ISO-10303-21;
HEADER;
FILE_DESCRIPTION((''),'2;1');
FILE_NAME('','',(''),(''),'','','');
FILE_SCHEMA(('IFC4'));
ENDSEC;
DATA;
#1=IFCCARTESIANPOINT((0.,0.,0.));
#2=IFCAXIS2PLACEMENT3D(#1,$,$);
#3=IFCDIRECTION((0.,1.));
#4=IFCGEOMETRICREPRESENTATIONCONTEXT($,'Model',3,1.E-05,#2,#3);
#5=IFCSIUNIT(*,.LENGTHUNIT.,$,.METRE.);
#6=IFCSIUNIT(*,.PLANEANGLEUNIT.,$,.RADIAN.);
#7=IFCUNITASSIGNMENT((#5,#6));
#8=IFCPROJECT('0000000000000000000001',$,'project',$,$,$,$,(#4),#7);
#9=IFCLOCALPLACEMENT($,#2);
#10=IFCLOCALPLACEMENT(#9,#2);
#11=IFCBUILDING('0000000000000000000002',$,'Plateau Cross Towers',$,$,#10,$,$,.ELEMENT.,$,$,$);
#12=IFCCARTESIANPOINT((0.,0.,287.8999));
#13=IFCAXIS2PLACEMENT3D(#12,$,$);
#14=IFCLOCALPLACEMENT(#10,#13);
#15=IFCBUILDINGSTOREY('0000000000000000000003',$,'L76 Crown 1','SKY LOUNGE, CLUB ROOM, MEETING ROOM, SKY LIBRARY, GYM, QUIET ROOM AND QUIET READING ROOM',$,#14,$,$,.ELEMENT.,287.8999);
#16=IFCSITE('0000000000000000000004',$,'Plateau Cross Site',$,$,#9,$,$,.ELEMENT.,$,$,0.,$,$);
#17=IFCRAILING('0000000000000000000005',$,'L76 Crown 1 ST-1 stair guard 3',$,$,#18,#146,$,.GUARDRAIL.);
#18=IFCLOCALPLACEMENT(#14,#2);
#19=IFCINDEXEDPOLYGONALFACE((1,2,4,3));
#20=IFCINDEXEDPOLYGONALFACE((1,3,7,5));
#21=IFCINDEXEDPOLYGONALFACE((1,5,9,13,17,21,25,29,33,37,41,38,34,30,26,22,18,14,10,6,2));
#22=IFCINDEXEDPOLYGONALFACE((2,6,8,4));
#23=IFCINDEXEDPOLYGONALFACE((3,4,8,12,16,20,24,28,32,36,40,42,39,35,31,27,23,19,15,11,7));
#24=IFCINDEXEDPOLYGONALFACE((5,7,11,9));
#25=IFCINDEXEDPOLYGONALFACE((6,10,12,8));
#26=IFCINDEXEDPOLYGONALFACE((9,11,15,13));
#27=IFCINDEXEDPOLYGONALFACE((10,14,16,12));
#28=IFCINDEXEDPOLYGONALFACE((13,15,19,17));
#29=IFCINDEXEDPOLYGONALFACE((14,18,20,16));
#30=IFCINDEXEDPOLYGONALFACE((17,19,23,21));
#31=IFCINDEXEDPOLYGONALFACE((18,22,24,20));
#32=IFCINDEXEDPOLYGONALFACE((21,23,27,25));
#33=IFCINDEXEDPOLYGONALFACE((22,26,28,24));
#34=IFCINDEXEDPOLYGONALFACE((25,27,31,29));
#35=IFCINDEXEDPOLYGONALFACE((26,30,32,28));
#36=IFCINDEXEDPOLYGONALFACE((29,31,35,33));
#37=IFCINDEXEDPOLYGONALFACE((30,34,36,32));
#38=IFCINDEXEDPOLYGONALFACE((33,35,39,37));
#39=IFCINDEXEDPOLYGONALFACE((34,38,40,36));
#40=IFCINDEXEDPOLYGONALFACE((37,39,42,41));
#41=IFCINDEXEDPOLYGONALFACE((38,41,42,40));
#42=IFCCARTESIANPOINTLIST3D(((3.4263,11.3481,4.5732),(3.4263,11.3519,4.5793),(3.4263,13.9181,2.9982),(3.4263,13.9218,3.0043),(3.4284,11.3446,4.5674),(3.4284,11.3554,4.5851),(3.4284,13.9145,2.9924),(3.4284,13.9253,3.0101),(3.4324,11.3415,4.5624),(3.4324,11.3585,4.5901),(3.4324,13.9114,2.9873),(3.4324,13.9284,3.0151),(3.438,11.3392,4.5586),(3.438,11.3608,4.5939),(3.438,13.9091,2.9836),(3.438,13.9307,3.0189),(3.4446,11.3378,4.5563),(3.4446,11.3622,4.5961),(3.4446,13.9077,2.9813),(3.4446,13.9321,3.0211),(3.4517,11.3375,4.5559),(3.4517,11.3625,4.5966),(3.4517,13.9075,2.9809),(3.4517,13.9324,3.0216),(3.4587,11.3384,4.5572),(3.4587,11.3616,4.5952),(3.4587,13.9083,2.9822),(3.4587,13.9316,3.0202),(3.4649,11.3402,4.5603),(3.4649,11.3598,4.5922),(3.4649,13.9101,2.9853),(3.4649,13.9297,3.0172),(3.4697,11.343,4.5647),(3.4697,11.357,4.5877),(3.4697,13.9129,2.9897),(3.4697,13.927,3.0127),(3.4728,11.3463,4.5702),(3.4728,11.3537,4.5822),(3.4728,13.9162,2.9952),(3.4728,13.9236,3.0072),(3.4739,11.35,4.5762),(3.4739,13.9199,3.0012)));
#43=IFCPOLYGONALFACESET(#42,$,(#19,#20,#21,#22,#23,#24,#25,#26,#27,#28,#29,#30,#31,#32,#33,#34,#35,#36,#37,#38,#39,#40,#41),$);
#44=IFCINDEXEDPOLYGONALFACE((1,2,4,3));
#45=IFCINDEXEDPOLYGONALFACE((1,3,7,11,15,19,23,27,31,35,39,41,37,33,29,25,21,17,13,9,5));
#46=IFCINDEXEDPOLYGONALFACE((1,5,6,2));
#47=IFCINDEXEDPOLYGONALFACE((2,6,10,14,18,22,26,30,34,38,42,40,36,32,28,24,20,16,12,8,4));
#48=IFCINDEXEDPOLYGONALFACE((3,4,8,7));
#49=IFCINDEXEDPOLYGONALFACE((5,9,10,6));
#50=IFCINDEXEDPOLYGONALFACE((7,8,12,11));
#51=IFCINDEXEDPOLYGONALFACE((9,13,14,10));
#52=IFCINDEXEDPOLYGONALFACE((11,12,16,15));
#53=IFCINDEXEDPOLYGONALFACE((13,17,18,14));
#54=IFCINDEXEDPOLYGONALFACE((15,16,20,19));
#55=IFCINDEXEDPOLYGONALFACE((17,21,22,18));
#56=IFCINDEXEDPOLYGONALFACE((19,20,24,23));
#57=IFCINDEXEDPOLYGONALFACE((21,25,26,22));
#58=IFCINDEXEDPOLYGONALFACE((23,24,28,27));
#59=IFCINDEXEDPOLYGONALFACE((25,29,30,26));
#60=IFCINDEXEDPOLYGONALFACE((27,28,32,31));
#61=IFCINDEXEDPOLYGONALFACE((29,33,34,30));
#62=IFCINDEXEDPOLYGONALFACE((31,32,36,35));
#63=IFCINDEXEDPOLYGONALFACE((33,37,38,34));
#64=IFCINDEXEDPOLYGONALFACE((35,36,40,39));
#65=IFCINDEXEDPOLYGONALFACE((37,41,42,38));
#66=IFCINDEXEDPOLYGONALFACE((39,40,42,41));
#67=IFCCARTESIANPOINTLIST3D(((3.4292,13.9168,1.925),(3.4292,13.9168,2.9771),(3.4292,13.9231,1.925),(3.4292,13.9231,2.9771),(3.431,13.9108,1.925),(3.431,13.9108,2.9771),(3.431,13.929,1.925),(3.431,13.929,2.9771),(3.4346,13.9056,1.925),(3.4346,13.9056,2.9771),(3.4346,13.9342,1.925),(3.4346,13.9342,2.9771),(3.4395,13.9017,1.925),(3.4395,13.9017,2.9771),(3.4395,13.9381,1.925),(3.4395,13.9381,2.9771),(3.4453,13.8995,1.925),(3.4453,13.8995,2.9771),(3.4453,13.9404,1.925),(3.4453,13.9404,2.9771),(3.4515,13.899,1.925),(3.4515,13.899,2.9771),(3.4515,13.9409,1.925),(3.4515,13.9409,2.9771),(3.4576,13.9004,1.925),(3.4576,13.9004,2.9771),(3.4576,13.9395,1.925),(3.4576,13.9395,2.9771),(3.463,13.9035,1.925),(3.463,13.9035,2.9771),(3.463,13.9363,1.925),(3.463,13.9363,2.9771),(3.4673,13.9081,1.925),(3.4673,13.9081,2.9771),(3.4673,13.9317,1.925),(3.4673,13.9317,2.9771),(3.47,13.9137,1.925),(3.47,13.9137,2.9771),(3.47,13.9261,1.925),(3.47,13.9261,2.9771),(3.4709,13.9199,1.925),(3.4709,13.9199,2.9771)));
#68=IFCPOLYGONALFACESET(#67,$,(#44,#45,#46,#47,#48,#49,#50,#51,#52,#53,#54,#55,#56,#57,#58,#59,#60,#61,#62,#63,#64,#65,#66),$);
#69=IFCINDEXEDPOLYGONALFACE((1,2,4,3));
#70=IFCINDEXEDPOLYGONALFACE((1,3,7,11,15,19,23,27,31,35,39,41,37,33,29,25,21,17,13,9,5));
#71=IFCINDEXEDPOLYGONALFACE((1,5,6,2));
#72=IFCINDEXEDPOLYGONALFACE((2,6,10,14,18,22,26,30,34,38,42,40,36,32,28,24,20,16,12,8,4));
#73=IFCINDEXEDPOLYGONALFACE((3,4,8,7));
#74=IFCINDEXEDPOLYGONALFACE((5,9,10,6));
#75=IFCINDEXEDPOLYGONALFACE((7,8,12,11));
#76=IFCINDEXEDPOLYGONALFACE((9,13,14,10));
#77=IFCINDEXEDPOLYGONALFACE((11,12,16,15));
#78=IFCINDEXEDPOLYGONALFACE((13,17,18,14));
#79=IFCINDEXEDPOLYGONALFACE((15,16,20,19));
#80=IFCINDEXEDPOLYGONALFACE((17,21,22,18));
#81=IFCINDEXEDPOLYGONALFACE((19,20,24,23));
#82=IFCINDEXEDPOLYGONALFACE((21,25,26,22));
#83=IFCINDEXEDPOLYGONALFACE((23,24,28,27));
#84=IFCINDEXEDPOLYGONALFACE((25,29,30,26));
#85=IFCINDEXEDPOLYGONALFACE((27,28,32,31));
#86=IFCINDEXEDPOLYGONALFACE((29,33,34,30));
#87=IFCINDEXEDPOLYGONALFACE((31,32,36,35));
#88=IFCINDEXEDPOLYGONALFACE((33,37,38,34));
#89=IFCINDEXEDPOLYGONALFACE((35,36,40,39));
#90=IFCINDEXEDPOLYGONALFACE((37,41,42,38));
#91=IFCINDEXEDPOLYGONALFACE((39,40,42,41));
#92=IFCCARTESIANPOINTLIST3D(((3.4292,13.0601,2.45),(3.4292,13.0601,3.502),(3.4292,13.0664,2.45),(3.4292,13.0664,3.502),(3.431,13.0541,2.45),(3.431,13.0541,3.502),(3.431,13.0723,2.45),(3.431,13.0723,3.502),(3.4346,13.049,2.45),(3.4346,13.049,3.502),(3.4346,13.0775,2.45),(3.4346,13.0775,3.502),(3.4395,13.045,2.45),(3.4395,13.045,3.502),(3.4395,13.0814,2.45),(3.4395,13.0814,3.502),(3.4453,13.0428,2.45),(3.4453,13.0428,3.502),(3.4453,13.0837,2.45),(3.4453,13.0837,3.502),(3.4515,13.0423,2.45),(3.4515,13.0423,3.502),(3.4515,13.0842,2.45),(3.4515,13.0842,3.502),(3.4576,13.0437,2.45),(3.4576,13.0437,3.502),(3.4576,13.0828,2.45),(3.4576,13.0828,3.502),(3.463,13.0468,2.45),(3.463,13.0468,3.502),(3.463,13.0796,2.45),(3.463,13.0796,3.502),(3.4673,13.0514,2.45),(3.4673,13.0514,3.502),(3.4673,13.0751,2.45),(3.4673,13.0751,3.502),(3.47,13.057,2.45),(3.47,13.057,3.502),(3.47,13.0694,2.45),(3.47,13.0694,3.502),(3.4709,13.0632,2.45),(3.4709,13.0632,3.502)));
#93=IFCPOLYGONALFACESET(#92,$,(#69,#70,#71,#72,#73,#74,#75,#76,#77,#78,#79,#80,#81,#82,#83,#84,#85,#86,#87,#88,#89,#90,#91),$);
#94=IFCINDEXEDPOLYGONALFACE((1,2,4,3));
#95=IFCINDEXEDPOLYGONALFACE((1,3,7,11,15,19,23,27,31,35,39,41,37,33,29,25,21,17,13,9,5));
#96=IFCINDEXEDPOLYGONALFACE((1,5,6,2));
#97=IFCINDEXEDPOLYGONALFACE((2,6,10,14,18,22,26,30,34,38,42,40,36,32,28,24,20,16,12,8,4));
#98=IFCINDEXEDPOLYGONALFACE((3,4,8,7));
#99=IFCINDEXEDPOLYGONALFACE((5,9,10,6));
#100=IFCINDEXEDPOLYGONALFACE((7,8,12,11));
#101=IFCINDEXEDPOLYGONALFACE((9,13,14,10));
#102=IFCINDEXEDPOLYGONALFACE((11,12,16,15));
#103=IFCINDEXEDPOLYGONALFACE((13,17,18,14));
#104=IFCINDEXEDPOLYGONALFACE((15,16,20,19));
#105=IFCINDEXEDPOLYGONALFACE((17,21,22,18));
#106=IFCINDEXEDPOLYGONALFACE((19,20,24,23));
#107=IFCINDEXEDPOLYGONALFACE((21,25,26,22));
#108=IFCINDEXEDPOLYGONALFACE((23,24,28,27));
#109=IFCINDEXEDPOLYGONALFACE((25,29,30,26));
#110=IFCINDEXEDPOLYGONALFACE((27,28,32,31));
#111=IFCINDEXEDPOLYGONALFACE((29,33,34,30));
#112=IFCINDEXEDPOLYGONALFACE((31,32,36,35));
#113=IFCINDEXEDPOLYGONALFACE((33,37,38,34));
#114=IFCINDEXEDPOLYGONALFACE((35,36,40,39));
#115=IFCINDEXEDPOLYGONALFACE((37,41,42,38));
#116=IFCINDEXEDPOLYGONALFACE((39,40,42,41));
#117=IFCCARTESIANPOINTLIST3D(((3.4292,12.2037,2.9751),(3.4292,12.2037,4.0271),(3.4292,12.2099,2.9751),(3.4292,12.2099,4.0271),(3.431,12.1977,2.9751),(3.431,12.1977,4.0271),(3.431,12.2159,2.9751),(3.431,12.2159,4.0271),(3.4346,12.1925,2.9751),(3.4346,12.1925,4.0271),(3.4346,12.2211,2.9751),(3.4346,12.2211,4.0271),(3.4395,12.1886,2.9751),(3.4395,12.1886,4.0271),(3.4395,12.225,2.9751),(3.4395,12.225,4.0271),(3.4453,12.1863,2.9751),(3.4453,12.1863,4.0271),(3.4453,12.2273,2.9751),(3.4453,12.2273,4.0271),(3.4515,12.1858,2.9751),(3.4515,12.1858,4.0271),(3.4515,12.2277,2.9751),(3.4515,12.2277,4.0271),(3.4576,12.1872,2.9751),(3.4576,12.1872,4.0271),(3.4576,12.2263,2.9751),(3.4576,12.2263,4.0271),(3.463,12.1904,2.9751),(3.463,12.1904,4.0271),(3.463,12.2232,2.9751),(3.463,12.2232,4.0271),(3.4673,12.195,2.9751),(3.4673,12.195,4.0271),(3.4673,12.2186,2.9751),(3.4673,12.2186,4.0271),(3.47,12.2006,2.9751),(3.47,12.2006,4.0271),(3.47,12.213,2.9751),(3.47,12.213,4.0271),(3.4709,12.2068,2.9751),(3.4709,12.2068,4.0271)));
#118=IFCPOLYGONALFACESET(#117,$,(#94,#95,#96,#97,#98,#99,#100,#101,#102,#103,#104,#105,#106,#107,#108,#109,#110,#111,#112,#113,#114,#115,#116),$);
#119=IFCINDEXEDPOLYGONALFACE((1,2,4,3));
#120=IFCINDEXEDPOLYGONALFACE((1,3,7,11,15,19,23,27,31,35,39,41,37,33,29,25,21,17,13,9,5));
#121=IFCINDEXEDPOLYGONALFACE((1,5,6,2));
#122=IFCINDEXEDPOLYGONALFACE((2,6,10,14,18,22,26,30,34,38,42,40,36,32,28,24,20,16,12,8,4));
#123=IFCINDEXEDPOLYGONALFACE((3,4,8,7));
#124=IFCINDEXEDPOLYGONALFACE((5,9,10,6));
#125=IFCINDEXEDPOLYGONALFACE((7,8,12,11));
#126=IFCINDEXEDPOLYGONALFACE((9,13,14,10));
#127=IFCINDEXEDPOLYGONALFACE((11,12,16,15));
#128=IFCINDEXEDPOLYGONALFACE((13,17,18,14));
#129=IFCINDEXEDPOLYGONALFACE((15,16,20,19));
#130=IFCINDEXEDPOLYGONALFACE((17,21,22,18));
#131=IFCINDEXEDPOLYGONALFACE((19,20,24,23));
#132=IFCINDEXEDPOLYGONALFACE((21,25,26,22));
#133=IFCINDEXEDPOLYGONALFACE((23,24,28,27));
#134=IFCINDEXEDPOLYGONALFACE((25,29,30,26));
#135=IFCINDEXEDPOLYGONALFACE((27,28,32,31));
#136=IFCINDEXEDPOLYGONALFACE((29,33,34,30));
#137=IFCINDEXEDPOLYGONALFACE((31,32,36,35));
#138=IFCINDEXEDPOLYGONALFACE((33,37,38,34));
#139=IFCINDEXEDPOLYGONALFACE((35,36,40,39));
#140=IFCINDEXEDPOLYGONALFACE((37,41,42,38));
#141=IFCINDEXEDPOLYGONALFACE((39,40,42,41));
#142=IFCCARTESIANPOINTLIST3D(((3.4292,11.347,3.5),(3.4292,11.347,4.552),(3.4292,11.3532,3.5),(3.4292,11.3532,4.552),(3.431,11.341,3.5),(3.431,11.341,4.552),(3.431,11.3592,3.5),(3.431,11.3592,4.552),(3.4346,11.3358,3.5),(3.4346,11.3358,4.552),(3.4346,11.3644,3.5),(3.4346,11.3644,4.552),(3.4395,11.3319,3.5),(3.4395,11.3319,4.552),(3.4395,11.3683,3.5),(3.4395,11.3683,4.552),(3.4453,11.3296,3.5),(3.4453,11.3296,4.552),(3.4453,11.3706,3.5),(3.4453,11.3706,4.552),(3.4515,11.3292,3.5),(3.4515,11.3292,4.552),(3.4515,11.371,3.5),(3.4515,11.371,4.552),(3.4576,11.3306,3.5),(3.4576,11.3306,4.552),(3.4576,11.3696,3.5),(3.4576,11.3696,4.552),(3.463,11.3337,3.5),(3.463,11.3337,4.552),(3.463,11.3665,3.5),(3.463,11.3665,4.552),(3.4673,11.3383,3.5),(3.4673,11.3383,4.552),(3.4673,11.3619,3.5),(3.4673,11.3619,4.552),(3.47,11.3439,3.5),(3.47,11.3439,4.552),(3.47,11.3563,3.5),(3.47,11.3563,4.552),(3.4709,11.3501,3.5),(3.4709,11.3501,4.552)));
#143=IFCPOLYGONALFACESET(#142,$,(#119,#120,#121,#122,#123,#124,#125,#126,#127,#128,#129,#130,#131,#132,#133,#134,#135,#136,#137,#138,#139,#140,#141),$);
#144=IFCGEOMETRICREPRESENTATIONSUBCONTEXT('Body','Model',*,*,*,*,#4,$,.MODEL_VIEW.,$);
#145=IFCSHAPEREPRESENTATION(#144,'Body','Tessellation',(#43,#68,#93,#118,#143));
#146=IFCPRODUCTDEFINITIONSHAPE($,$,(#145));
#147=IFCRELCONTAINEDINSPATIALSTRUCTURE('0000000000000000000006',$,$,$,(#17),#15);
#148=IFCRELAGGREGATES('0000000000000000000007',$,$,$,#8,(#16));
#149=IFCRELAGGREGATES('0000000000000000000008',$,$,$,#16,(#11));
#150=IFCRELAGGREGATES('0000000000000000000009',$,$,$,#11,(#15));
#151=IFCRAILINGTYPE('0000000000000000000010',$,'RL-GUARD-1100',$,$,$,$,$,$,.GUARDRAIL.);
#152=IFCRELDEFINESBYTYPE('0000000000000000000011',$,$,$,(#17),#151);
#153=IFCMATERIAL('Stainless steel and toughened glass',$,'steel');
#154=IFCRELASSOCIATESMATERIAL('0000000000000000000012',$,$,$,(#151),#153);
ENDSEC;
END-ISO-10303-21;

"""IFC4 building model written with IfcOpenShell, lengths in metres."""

from ifc_helpers import new_model, si_unit, direction, frame, origin, origin_2d, place, context, subcontext, project, spatial, circle, extrude, material, type_object, element, save


model = new_model("IFC4")

# Units and contexts
model_context = context("Model", 3, precision=1e-05, world=origin(), true_north=direction((0.0, 1.0)))
body_context = subcontext(model_context, "Body", "Model", "MODEL_VIEW")
ifc_project = project(units=[si_unit("LENGTHUNIT", "METRE"), si_unit("PLANEANGLEUNIT", "RADIAN")], contexts=[model_context])

# Site, building, storey
site_placement = place(None, origin())
site = spatial("IfcSite", under=ifc_project, at=site_placement, Name="Plateau Cross Site", CompositionType="ELEMENT", RefElevation=0.0)
building_placement = place(site_placement, origin())
building = spatial("IfcBuilding", under=site, at=building_placement, Name="Plateau Cross Towers", CompositionType="ELEMENT")
storey_placement = place(building_placement, frame((0.0, 0.0, 287.8999)))
storey = spatial("IfcBuildingStorey", under=building, at=storey_placement, Name="L76 Crown 1", Description="SKY LOUNGE, CLUB ROOM, MEETING ROOM, SKY LIBRARY, GYM, QUIET ROOM AND QUIET READING ROOM", CompositionType="ELEMENT", Elevation=287.8999)

# Railing
ifc_material_1 = material(Name="Stainless steel and toughened glass", Category="steel")
railing_type_1 = type_object("IfcRailingType", Name="RL-GUARD-1100", PredefinedType="GUARDRAIL", material=ifc_material_1)
railing_1_placement = place(storey_placement, frame((3.45, 13.9199, 1.925)))
element("IfcRailing", 1, at=railing_1_placement, inside=storey, type_object=railing_type_1, Name="L76 Crown 1 ST-1 stair guard 3", PredefinedType="GUARDRAIL", context=body_context, shape_type="SweptSolid", body=[
    extrude(circle(Radius=0.0239, at=origin_2d()), frame((0.0, 0.0, 1.0762), z_axis=(0.0, -0.852616, 0.522537), x_axis=(1.0, 0.0, 0.0)), (0.0, 0.0, 1.0), 3.0142),
    extrude(circle(Radius=0.021, at=origin_2d()), origin(), (0.0, 0.0, 1.0), 1.052),
    extrude(circle(Radius=0.021, at=origin_2d()), frame((0.0, -0.8567, 0.5249)), (0.0, 0.0, 1.0), 1.052),
    extrude(circle(Radius=0.021, at=origin_2d()), frame((0.0, -1.7131, 1.05)), (0.0, 0.0, 1.0), 1.052),
    extrude(circle(Radius=0.021, at=origin_2d()), frame((0.0, -2.5698, 1.575)), (0.0, 0.0, 1.0), 1.052),
])

save(model, "model.ifc")
